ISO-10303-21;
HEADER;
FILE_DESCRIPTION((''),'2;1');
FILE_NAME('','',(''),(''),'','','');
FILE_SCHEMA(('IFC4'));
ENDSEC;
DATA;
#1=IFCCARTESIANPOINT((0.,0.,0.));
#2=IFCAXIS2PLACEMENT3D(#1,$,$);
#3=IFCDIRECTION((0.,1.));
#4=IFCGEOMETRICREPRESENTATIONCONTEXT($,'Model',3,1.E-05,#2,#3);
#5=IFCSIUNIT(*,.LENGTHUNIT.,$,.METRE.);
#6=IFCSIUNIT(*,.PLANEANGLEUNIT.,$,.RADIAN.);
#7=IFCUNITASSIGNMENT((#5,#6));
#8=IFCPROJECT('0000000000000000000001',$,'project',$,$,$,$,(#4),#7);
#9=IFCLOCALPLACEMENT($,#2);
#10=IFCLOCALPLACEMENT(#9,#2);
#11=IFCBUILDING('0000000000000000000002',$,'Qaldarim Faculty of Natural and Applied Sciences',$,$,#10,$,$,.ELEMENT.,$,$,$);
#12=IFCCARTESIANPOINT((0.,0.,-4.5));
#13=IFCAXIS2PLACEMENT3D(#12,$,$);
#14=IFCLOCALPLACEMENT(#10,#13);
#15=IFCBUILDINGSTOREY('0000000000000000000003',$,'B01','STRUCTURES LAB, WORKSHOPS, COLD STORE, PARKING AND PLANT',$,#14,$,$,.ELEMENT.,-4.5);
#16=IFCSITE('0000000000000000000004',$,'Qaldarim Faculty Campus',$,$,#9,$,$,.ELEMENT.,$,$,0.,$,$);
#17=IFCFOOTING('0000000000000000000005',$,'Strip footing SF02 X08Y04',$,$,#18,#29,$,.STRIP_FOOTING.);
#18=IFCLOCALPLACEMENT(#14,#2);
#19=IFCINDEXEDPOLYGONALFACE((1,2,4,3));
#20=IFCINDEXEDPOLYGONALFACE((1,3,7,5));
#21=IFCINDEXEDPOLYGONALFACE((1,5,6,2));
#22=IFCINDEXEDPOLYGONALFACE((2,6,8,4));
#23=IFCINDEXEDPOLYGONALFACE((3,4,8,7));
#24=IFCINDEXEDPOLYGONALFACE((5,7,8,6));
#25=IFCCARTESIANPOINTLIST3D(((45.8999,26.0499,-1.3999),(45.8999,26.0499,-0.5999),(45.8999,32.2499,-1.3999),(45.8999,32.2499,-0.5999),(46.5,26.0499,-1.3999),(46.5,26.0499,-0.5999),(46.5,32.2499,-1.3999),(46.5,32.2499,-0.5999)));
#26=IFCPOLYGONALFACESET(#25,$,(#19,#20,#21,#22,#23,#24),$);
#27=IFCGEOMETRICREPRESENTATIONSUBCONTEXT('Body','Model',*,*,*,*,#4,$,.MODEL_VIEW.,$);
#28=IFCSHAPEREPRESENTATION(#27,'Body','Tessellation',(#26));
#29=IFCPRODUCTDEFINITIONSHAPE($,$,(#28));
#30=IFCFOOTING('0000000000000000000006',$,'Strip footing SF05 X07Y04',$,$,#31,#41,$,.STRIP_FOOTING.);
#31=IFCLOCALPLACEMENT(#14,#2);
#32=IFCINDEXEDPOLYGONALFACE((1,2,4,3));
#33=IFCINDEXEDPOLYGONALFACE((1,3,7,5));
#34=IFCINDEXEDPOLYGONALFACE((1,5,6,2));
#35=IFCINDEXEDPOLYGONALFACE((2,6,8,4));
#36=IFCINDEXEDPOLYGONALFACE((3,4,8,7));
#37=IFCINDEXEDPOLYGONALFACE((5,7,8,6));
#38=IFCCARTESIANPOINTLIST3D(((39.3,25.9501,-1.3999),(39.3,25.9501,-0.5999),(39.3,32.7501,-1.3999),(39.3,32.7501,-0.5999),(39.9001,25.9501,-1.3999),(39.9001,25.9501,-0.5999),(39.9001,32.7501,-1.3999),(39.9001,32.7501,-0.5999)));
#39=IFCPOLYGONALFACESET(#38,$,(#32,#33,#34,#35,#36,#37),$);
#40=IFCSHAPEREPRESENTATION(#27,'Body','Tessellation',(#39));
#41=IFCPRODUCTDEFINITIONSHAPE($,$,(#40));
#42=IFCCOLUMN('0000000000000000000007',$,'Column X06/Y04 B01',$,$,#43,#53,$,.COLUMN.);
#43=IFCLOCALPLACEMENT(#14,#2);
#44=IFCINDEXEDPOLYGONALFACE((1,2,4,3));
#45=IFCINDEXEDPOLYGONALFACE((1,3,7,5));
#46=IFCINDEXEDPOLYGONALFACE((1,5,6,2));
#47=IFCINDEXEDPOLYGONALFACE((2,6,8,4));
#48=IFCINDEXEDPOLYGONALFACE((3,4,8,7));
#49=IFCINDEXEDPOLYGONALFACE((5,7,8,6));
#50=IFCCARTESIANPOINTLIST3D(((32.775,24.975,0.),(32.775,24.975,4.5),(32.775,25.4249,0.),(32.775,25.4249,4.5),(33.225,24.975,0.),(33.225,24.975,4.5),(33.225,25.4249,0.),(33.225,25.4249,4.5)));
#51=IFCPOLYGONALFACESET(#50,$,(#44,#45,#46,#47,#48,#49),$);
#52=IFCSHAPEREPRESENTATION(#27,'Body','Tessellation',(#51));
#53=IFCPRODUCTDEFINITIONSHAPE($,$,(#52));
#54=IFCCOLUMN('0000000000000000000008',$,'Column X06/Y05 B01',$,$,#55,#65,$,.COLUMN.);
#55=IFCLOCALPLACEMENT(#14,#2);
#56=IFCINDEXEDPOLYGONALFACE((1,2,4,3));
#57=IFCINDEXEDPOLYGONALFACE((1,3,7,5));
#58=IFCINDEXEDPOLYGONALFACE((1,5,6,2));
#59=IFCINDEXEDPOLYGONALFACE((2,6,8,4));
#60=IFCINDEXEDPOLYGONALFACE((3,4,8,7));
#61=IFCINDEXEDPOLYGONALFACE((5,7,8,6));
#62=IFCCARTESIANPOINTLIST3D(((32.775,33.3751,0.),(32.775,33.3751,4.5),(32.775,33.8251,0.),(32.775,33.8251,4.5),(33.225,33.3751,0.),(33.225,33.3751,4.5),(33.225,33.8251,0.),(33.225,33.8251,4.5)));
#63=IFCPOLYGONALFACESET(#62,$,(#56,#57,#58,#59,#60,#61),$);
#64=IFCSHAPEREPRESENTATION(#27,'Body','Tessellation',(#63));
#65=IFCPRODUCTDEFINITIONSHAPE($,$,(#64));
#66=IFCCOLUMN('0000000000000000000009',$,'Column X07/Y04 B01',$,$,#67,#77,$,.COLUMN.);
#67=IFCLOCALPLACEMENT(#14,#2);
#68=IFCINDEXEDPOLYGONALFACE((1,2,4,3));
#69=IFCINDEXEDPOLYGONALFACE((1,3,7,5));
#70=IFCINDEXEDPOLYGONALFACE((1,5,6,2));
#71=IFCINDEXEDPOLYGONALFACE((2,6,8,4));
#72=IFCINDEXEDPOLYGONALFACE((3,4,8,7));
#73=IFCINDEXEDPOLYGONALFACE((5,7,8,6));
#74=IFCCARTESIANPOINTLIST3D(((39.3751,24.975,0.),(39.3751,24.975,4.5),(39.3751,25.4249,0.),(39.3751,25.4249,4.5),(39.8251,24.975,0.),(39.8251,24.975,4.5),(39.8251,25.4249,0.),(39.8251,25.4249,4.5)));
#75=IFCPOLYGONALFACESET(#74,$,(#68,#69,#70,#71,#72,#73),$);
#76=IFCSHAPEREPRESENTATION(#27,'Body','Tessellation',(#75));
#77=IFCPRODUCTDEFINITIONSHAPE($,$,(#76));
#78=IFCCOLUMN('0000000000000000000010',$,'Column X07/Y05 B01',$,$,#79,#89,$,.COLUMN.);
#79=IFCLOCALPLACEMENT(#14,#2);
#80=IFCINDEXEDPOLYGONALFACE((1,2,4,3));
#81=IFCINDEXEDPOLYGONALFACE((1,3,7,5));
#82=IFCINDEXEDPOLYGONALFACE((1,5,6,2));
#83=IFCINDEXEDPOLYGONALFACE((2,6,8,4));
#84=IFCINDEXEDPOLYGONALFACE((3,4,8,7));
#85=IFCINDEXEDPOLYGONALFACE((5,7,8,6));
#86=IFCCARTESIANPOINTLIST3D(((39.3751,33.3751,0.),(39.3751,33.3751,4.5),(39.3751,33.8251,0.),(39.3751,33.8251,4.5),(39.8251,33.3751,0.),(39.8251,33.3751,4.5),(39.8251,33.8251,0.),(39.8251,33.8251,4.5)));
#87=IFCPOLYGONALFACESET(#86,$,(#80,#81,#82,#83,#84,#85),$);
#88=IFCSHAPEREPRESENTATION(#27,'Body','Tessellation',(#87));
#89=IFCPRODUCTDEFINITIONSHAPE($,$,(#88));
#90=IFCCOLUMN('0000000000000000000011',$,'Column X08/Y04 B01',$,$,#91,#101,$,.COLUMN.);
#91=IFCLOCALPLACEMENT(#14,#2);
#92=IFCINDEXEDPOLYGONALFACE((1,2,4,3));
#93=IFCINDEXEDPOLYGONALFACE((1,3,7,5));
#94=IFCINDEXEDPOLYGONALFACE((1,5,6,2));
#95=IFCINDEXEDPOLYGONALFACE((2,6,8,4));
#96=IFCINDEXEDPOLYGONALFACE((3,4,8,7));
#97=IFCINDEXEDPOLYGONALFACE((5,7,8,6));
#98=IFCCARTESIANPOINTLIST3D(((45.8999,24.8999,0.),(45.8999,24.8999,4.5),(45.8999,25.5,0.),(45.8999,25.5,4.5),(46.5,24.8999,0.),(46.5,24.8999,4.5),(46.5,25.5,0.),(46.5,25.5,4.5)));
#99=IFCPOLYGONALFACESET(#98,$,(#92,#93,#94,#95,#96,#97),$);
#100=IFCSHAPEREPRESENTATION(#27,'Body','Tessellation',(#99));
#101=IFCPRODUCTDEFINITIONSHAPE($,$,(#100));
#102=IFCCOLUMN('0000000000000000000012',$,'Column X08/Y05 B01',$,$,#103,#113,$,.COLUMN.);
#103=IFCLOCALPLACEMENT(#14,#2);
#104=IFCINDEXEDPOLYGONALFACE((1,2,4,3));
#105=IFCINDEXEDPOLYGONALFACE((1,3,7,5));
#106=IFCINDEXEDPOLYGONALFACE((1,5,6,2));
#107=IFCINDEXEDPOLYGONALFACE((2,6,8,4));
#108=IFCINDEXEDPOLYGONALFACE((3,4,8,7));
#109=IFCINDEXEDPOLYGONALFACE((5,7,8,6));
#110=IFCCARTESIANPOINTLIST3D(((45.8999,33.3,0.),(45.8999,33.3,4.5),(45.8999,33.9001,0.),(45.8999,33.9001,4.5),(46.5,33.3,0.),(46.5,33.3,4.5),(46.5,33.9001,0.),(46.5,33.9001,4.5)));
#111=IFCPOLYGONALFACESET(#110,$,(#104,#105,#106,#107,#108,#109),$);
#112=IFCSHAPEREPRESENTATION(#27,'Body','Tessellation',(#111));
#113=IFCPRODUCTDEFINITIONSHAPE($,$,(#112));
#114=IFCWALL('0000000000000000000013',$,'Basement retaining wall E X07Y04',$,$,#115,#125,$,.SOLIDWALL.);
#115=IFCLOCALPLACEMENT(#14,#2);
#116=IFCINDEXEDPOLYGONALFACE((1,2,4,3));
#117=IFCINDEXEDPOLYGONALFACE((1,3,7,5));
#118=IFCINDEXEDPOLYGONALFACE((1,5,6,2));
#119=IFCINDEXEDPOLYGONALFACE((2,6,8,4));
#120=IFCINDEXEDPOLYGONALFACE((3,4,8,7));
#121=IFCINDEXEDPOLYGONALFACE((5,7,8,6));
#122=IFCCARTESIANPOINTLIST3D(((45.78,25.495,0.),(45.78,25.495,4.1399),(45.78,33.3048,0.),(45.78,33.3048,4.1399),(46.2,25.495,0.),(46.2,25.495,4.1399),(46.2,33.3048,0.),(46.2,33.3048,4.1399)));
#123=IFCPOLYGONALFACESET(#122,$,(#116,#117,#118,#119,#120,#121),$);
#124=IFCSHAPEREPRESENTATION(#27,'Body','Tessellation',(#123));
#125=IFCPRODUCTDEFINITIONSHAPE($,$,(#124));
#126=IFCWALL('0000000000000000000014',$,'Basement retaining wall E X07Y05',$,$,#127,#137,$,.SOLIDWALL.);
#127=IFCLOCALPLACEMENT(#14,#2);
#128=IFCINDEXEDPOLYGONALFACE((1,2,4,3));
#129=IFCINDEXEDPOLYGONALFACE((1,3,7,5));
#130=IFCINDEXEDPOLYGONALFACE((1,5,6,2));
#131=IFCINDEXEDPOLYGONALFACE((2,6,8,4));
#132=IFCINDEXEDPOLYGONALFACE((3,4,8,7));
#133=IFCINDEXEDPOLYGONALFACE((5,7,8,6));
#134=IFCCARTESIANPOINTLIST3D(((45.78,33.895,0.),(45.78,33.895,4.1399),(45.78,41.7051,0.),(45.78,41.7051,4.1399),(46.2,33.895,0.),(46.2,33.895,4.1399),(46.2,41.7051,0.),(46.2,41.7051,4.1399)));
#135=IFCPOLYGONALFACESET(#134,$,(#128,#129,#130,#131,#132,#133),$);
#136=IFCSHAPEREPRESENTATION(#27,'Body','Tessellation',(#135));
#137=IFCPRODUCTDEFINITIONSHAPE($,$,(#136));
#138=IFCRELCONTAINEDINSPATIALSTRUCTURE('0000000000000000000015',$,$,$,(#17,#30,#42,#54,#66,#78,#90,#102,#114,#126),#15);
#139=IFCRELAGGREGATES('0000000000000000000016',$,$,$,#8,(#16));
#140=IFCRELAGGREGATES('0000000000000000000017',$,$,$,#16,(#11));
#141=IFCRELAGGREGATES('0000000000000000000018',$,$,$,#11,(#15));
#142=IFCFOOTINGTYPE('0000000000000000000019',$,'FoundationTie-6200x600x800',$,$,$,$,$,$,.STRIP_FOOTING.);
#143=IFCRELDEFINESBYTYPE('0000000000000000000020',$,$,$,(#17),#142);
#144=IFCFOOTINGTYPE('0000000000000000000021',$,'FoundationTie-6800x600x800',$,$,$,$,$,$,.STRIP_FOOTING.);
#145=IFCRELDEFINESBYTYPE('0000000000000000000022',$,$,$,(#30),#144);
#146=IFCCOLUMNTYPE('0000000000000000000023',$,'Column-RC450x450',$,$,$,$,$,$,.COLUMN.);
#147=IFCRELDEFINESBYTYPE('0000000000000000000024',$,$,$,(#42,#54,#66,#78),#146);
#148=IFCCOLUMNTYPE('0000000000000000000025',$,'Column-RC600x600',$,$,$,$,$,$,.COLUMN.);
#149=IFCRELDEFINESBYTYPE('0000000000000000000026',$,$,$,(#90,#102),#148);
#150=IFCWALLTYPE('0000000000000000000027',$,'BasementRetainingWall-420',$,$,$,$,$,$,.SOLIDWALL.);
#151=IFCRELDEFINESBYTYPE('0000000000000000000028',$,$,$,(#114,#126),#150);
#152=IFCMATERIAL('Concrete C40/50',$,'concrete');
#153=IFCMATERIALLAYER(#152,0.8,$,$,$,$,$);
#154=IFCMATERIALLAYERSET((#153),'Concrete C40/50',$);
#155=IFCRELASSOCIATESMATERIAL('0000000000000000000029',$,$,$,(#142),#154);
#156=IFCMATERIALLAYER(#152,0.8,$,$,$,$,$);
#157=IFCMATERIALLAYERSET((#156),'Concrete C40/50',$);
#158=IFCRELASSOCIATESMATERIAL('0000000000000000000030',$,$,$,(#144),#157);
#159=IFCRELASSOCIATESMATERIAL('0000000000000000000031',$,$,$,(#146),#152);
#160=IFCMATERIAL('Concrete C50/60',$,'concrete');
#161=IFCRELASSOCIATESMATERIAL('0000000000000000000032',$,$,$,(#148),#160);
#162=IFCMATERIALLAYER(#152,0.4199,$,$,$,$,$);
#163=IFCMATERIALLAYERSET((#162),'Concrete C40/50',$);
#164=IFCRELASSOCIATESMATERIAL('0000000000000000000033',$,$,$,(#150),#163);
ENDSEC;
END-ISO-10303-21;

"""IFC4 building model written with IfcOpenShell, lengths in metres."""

from ifc_helpers import new_model, si_unit, direction, frame, frame_2d, origin, origin_2d, place, context, subcontext, project, spatial, rectangle, extrude, material, layer, layer_set, material_profile, profile_set, type_object, element, save


model = new_model("IFC4")

# Units and contexts
model_context = context("Model", 3, precision=1e-05, world=origin(), true_north=direction((0.0, 1.0)))
body_context = subcontext(model_context, "Body", "Model", "MODEL_VIEW")
ifc_project = project(units=[si_unit("LENGTHUNIT", "METRE"), si_unit("PLANEANGLEUNIT", "RADIAN")], contexts=[model_context])

# Site, building, storey
site_placement = place(None, origin())
site = spatial("IfcSite", under=ifc_project, at=site_placement, Name="Qaldarim Faculty Campus", CompositionType="ELEMENT", RefElevation=0.0)
building_placement = place(site_placement, origin())
building = spatial("IfcBuilding", under=site, at=building_placement, Name="Qaldarim Faculty of Natural and Applied Sciences", CompositionType="ELEMENT")
storey_placement = place(building_placement, frame((0.0, 0.0, -4.5)))
storey = spatial("IfcBuildingStorey", under=building, at=storey_placement, Name="B01", Description="STRUCTURES LAB, WORKSHOPS, COLD STORE, PARKING AND PLANT", CompositionType="ELEMENT", Elevation=-4.5)

# Shared definitions
ifc_material_1 = material(Name="Concrete C40/50", Category="concrete")

# Footings
ifc_layer_1 = layer(ifc_material_1, 0.8)
ifc_layer_set_1 = layer_set([ifc_layer_1], Name="Concrete C40/50")
footing_type_1 = type_object("IfcFootingType", Name="FoundationTie-6200x600x800", PredefinedType="STRIP_FOOTING", material=ifc_layer_set_1)
footing_1_placement = place(storey_placement, frame((46.2, 29.1499, -1.3999), z_axis=(0.0, 0.0, 1.0), x_axis=(0.0, 1.0, 0.0)))
element("IfcFooting", 1, at=footing_1_placement, inside=storey, type_object=footing_type_1, Name="Strip footing SF02 X08Y04", PredefinedType="STRIP_FOOTING", context=body_context, shape_type="SweptSolid", body=[
    extrude(rectangle(XDim=6.2, YDim=0.6001, at=origin_2d()), origin(), (0.0, 0.0, 1.0), 0.8),
])
ifc_layer_2 = layer(ifc_material_1, 0.8)
ifc_layer_set_2 = layer_set([ifc_layer_2], Name="Concrete C40/50")
footing_type_2 = type_object("IfcFootingType", Name="FoundationTie-6800x600x800", PredefinedType="STRIP_FOOTING", material=ifc_layer_set_2)
footing_2_placement = place(storey_placement, frame((39.6001, 29.3501, -1.3999), z_axis=(0.0, 0.0, 1.0), x_axis=(0.0, 1.0, 0.0)))
element("IfcFooting", 2, at=footing_2_placement, inside=storey, type_object=footing_type_2, Name="Strip footing SF05 X07Y04", PredefinedType="STRIP_FOOTING", context=body_context, shape_type="SweptSolid", body=[
    extrude(rectangle(XDim=6.8, YDim=0.6001, at=origin_2d()), origin(), (0.0, 0.0, 1.0), 0.8),
])

# Columns
ifc_material_profile_1 = material_profile(ifc_material_1, rectangle(XDim=0.45, YDim=0.45, at=origin_2d()), Name="RC-C450x450")
ifc_profile_set_1 = profile_set([ifc_material_profile_1], Name="Concrete C40/50")
column_type_1 = type_object("IfcColumnType", Name="Column-RC450x450", PredefinedType="COLUMN", material=ifc_profile_set_1)
for number, where, z_axis, x_axis, name in (
    (3, (33.0, 25.2, 0.0), (0.0, 0.0, 1.0), (1.0, 0.0, 0.0), "Column X06/Y04 B01"),
    (4, (33.0, 33.6001, 0.0), (0.0, 0.0, 1.0), (1.0, 0.0, 0.0), "Column X06/Y05 B01"),
    (5, (39.6001, 25.2, 0.0), (0.0, 0.0, 1.0), (1.0, 0.0, 0.0), "Column X07/Y04 B01"),
    (6, (39.6001, 33.6001, 0.0), (0.0, 0.0, 1.0), (1.0, 0.0, 0.0), "Column X07/Y05 B01"),
):
    element("IfcColumn", number, at=place(storey_placement, frame(where, z_axis=z_axis, x_axis=x_axis)), inside=storey, type_object=column_type_1, Name=name, PredefinedType="COLUMN", context=body_context, shape_type="SweptSolid", body=[
        extrude(rectangle(XDim=0.45, YDim=0.45, at=origin_2d()), origin(), (0.0, 0.0, 1.0), 4.5),
    ])
ifc_material_2 = material(Name="Concrete C50/60", Category="concrete")
ifc_material_profile_2 = material_profile(ifc_material_2, rectangle(XDim=0.6001, YDim=0.6001, at=origin_2d()), Name="RC-C600x600")
ifc_profile_set_2 = profile_set([ifc_material_profile_2], Name="Concrete C50/60")
column_type_2 = type_object("IfcColumnType", Name="Column-RC600x600", PredefinedType="COLUMN", material=ifc_profile_set_2)
for number, where, z_axis, x_axis, name in (
    (7, (46.2, 25.2, 0.0), (0.0, 0.0, 1.0), (1.0, 0.0, 0.0), "Column X08/Y04 B01"),
    (8, (46.2, 33.6001, 0.0), (0.0, 0.0, 1.0), (1.0, 0.0, 0.0), "Column X08/Y05 B01"),
):
    element("IfcColumn", number, at=place(storey_placement, frame(where, z_axis=z_axis, x_axis=x_axis)), inside=storey, type_object=column_type_2, Name=name, PredefinedType="COLUMN", context=body_context, shape_type="SweptSolid", body=[
        extrude(rectangle(XDim=0.6001, YDim=0.6001, at=origin_2d()), origin(), (0.0, 0.0, 1.0), 4.5),
    ])

# Walls
ifc_layer_3 = layer(ifc_material_1, 0.4199)
ifc_layer_set_3 = layer_set([ifc_layer_3], Name="Concrete C40/50")
wall_type = type_object("IfcWallType", Name="BasementRetainingWall-420", PredefinedType="SOLIDWALL", material=ifc_layer_set_3)
wall_1_placement = place(storey_placement, frame((45.99, 25.4951, 0.0), z_axis=(0.0, 0.0, 1.0), x_axis=(0.0, 1.0, 0.0)))
element("IfcWall", 9, at=wall_1_placement, inside=storey, type_object=wall_type, Name="Basement retaining wall E X07Y04", PredefinedType="SOLIDWALL", context=body_context, shape_type="SweptSolid", body=[
    extrude(rectangle(XDim=7.8098, YDim=0.4199, at=frame_2d((3.9048, 0.0))), origin(), (0.0, 0.0, 1.0), 4.1399),
])
wall_2_placement = place(storey_placement, frame((45.99, 33.895, 0.0), z_axis=(0.0, 0.0, 1.0), x_axis=(0.0, 1.0, 0.0)))
element("IfcWall", 10, at=wall_2_placement, inside=storey, type_object=wall_type, Name="Basement retaining wall E X07Y05", PredefinedType="SOLIDWALL", context=body_context, shape_type="SweptSolid", body=[
    extrude(rectangle(XDim=7.8101, YDim=0.4199, at=frame_2d((3.905, 0.0))), origin(), (0.0, 0.0, 1.0), 4.1399),
])

save(model, "model.ifc")
